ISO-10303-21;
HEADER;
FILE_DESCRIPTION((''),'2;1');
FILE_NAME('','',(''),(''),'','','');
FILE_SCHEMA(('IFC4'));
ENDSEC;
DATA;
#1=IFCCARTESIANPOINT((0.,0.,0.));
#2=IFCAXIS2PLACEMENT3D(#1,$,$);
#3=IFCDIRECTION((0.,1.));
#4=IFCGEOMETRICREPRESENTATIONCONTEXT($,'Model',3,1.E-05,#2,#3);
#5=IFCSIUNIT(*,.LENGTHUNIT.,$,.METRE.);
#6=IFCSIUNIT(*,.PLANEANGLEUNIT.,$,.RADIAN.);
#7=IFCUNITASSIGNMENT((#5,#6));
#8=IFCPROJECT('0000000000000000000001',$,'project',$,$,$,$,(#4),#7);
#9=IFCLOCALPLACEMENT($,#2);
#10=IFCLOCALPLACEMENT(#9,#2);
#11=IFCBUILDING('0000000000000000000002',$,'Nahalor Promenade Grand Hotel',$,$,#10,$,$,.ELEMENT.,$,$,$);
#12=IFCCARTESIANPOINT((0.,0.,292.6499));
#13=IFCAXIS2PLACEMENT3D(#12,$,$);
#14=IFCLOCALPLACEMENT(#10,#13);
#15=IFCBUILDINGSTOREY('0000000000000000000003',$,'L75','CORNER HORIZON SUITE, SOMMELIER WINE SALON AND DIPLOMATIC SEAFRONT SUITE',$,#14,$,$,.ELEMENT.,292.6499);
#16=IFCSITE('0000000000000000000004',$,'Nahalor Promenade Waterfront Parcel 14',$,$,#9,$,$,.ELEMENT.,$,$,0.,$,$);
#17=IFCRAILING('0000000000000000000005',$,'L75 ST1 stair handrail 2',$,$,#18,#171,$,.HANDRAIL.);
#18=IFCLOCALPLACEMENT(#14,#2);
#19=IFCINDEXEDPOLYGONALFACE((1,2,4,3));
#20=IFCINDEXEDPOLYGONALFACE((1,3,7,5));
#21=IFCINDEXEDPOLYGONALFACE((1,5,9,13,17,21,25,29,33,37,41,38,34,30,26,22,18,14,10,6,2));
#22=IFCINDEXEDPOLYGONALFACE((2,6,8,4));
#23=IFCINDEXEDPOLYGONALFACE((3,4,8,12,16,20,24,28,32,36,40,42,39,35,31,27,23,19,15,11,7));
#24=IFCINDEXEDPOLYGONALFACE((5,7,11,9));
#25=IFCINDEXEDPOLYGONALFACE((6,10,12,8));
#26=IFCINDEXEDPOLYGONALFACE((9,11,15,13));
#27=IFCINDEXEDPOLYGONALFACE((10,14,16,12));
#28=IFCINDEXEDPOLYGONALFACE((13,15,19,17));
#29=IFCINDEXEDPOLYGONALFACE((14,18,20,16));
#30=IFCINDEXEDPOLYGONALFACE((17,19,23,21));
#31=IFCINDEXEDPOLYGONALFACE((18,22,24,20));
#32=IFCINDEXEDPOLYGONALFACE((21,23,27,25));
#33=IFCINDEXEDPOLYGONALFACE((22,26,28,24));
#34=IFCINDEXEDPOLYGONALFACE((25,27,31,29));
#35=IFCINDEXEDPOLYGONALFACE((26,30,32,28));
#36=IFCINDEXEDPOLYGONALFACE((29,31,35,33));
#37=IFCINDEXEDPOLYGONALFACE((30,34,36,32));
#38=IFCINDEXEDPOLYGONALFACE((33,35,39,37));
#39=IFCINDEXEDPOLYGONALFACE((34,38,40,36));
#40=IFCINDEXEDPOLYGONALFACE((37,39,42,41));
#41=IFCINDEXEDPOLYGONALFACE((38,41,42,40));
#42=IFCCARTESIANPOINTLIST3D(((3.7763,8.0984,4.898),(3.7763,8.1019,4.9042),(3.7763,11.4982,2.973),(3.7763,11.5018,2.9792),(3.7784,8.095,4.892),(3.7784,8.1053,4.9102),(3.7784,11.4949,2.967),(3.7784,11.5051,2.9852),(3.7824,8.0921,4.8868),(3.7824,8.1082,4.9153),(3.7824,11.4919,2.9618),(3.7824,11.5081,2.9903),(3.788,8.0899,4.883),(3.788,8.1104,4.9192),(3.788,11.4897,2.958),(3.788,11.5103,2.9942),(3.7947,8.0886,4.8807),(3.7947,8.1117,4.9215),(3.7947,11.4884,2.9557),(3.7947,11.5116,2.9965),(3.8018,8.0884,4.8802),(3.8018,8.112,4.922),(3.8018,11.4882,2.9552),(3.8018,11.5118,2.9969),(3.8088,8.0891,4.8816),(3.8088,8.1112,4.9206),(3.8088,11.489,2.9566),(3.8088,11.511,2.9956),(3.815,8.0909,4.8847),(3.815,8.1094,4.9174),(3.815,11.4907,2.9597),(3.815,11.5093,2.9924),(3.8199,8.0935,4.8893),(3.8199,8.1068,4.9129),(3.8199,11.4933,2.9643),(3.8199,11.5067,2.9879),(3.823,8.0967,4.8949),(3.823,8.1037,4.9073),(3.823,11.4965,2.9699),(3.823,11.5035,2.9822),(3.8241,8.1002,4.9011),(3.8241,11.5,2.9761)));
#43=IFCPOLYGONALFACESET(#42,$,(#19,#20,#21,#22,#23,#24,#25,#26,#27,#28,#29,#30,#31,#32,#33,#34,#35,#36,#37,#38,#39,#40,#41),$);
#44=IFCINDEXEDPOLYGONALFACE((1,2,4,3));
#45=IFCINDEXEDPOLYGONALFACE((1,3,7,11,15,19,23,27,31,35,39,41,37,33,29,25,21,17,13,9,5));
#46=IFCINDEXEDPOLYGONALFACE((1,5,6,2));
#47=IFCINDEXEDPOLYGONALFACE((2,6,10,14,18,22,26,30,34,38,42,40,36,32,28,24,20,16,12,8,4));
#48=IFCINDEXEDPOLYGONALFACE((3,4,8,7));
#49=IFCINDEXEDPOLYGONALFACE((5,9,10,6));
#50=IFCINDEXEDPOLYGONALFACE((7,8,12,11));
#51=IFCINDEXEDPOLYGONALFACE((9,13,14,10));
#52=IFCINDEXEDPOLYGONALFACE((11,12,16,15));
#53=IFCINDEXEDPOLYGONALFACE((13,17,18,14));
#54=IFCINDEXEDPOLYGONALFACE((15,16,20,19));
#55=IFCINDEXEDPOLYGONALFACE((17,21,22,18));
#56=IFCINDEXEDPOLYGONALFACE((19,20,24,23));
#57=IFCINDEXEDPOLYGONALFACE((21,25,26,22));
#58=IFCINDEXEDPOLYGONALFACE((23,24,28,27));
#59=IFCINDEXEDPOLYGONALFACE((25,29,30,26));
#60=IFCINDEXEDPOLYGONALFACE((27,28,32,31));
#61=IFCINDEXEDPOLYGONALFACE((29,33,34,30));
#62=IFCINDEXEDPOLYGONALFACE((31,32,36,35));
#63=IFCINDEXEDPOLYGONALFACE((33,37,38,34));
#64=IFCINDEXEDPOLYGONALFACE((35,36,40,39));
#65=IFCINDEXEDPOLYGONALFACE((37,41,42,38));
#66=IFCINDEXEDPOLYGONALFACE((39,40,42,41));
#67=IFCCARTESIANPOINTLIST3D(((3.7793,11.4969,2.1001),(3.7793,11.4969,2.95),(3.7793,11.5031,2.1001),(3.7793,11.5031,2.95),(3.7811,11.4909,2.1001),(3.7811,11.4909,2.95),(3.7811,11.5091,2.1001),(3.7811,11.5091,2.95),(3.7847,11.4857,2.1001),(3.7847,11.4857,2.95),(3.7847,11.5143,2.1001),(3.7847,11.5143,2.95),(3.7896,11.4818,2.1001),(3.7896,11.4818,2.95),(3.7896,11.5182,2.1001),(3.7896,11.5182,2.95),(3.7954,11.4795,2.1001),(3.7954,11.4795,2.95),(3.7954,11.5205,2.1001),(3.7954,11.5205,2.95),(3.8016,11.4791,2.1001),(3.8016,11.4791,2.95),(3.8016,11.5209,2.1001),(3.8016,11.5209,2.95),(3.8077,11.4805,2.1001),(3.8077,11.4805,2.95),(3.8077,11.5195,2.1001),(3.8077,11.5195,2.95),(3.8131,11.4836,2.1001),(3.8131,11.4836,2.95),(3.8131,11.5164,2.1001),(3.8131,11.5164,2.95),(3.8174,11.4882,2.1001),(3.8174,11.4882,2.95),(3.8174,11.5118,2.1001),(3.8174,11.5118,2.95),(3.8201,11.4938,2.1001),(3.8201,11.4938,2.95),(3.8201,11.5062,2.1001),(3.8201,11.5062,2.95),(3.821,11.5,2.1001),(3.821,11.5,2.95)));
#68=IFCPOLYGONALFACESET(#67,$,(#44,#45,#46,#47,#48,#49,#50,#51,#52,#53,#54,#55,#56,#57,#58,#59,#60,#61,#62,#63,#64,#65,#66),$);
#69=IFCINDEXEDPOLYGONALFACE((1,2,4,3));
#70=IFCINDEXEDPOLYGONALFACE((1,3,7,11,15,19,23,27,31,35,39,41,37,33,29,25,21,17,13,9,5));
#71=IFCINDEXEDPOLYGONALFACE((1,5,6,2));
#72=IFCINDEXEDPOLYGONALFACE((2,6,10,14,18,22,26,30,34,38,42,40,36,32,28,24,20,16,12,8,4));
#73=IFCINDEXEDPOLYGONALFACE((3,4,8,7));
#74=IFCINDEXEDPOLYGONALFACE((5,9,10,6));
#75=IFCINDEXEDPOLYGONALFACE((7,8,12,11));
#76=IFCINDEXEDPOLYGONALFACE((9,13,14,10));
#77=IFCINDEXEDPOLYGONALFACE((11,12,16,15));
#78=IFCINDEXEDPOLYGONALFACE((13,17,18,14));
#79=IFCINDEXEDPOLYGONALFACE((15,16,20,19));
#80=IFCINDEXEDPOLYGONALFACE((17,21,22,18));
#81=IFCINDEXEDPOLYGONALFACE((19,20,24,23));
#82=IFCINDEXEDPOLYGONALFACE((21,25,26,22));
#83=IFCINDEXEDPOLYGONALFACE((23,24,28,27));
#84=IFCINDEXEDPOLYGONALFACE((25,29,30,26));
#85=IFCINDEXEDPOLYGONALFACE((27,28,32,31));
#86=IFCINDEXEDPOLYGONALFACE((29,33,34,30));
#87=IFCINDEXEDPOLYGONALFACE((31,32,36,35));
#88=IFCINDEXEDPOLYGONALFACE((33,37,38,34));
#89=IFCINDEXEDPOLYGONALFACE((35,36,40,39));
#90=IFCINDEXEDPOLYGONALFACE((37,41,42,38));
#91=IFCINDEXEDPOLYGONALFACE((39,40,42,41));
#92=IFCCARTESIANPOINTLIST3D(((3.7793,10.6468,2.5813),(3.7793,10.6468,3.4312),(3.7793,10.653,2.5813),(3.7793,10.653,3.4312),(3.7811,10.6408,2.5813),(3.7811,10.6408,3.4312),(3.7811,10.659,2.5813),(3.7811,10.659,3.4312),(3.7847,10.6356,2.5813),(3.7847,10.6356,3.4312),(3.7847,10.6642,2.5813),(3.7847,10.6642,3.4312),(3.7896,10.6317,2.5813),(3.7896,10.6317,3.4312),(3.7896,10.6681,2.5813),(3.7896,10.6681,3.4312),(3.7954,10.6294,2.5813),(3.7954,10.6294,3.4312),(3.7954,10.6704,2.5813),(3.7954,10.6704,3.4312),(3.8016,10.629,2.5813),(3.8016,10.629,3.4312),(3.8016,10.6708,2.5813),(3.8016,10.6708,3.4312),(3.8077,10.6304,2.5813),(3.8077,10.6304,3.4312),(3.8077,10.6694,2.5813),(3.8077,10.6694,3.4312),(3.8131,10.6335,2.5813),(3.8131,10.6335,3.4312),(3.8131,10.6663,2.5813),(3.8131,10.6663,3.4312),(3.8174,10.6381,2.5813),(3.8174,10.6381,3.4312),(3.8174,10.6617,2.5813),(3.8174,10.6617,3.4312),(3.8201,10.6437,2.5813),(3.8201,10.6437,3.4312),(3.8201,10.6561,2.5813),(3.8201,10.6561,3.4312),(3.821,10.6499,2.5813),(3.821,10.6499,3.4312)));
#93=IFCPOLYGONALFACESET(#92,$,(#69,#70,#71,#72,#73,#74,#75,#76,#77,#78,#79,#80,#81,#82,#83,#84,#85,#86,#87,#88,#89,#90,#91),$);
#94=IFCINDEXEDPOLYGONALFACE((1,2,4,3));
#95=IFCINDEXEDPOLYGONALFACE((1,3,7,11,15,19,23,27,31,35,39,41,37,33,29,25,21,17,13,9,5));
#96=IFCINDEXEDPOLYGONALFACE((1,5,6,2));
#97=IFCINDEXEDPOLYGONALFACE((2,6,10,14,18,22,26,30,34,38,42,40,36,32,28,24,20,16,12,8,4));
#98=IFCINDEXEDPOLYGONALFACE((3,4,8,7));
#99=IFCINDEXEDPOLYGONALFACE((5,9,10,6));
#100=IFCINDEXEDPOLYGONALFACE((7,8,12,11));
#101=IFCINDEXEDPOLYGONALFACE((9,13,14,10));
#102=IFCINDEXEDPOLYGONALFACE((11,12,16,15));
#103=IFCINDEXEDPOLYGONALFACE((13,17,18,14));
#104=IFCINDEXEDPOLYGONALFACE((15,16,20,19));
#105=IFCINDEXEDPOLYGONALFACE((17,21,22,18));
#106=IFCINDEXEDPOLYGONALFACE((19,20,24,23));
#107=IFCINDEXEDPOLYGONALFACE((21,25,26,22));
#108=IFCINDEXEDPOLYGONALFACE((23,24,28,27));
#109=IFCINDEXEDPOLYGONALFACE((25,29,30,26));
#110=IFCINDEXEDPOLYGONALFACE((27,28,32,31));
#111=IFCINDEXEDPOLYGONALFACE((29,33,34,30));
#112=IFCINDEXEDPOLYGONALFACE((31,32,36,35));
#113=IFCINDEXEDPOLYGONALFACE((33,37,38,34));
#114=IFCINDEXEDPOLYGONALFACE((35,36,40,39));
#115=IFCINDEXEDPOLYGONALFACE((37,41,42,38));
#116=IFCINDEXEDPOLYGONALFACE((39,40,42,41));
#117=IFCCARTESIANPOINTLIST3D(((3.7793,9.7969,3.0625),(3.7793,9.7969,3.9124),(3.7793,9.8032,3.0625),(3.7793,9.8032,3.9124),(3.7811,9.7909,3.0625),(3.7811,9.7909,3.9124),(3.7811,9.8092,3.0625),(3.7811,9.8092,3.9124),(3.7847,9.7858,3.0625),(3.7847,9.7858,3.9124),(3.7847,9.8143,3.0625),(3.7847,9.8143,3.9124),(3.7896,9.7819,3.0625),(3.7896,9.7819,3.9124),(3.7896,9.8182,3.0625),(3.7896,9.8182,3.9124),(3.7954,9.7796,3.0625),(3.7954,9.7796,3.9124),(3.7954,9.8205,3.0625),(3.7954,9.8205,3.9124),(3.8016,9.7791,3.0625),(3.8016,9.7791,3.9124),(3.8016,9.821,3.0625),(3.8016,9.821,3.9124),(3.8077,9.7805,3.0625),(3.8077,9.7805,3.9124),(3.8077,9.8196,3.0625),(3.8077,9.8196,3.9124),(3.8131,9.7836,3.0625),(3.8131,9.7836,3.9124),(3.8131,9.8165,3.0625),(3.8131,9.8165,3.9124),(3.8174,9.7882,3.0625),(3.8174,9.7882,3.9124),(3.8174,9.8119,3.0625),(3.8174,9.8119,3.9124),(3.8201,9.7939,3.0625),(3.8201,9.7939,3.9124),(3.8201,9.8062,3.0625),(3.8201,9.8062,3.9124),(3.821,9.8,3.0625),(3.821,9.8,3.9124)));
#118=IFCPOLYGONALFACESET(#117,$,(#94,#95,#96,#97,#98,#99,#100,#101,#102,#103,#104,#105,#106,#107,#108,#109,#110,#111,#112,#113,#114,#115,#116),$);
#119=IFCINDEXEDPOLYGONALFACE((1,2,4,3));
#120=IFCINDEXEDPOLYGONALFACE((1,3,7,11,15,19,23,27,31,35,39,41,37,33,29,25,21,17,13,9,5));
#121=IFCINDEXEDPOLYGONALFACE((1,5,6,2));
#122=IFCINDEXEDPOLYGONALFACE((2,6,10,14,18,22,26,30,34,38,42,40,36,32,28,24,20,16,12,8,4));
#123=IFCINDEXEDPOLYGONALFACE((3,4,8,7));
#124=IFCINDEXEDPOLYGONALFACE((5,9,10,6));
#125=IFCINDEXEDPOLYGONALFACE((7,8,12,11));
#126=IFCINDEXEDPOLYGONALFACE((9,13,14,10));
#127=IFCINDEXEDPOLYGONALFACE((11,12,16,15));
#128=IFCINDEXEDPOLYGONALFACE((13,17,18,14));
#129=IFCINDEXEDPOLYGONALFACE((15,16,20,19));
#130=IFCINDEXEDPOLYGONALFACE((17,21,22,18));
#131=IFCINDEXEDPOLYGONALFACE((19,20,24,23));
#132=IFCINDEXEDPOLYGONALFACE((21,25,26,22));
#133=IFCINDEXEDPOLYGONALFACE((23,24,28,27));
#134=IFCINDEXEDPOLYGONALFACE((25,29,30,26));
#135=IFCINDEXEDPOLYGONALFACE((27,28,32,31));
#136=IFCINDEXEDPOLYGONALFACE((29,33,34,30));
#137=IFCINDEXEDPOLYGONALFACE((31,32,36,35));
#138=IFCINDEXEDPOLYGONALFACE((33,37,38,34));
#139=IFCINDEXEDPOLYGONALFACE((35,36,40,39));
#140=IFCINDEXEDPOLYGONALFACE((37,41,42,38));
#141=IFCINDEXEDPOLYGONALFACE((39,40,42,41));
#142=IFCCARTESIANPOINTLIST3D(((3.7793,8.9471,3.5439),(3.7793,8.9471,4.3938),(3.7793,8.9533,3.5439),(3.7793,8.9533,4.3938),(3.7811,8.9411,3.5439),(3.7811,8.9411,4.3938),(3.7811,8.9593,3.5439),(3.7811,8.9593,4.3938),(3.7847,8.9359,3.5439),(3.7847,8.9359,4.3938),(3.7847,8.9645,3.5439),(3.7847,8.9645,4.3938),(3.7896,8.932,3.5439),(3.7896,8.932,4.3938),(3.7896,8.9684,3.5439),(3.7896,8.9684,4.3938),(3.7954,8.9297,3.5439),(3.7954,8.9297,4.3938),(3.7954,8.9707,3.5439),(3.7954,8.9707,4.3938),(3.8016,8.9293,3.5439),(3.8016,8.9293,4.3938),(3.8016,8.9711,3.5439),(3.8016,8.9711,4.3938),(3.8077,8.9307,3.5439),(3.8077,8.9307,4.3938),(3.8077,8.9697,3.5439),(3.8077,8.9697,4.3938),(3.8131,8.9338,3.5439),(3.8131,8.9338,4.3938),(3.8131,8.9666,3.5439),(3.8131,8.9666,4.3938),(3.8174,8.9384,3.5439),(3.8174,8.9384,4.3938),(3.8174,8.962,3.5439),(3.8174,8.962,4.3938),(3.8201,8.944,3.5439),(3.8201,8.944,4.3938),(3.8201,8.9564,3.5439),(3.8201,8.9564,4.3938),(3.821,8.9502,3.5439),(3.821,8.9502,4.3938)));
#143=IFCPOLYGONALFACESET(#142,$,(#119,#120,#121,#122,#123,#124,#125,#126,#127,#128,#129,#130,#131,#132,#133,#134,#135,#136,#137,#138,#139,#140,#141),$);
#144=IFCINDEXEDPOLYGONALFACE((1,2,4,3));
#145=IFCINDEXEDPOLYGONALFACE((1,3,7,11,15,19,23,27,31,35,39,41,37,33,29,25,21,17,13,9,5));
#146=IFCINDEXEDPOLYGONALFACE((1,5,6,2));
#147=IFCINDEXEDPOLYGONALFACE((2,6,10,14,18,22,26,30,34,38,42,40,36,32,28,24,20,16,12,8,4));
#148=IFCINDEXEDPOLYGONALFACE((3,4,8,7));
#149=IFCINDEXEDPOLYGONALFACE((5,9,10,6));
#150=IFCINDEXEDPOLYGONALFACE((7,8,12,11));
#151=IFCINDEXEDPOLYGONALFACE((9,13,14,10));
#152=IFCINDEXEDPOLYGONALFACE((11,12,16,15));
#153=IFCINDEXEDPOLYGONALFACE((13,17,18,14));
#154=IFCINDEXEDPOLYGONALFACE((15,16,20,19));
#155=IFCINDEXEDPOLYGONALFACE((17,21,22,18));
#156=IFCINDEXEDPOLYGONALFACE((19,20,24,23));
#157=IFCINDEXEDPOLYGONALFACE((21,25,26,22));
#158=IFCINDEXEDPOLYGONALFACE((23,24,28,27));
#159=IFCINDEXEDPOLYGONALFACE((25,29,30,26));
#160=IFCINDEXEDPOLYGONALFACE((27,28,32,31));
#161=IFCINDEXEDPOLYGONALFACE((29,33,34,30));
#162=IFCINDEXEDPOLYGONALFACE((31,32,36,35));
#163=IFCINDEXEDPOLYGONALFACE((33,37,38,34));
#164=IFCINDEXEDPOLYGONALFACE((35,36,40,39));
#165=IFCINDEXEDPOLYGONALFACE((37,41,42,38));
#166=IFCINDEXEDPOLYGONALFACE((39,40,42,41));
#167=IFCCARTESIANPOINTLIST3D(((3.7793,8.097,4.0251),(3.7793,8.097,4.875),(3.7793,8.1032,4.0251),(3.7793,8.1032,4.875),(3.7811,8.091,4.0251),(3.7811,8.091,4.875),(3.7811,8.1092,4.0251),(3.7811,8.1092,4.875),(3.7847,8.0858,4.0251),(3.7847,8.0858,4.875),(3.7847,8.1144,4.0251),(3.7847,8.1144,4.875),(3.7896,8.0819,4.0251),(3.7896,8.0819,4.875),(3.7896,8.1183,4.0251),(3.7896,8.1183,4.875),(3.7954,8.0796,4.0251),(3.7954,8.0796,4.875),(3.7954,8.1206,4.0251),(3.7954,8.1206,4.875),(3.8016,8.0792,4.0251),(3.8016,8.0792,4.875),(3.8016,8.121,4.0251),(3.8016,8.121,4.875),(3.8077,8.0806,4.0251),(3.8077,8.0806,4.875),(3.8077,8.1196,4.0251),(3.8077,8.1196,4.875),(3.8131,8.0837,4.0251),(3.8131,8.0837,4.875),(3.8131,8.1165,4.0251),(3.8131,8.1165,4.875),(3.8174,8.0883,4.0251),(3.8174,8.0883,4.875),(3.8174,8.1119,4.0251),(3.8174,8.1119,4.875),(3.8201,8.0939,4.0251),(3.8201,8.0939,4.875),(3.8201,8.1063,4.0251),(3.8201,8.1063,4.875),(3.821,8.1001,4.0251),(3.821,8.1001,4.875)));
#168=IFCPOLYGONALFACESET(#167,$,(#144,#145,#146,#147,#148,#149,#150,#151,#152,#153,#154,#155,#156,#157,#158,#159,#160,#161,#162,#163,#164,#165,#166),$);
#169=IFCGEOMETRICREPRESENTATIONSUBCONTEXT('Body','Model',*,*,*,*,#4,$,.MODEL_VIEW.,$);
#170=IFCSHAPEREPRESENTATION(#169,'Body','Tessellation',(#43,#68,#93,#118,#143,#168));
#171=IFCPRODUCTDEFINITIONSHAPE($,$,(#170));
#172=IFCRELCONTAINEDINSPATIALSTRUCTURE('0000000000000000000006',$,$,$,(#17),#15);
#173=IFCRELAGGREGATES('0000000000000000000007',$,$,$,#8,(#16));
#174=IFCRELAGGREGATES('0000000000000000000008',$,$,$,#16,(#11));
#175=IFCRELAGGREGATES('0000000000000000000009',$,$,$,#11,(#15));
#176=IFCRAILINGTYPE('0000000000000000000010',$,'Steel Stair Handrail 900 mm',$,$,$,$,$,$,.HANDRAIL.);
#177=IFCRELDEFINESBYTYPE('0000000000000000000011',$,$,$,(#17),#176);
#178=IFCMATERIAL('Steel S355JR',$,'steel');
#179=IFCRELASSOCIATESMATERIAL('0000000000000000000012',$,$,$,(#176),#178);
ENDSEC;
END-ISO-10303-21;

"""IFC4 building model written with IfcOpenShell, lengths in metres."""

from ifc_helpers import new_model, si_unit, direction, frame, origin, origin_2d, place, context, subcontext, project, spatial, circle, extrude, material, type_object, element, save


model = new_model("IFC4")

# Units and contexts
model_context = context("Model", 3, precision=1e-05, world=origin(), true_north=direction((0.0, 1.0)))
body_context = subcontext(model_context, "Body", "Model", "MODEL_VIEW")
ifc_project = project(units=[si_unit("LENGTHUNIT", "METRE"), si_unit("PLANEANGLEUNIT", "RADIAN")], contexts=[model_context])

# Site, building, storey
site_placement = place(None, origin())
site = spatial("IfcSite", under=ifc_project, at=site_placement, Name="Nahalor Promenade Waterfront Parcel 14", CompositionType="ELEMENT", RefElevation=0.0)
building_placement = place(site_placement, origin())
building = spatial("IfcBuilding", under=site, at=building_placement, Name="Nahalor Promenade Grand Hotel", CompositionType="ELEMENT")
storey_placement = place(building_placement, frame((0.0, 0.0, 292.6499)))
storey = spatial("IfcBuildingStorey", under=building, at=storey_placement, Name="L75", Description="CORNER HORIZON SUITE, SOMMELIER WINE SALON AND DIPLOMATIC SEAFRONT SUITE", CompositionType="ELEMENT", Elevation=292.6499)

# Shared definitions
ifc_material_1 = material(Name="Steel S355JR", Category="steel")

# Railing
railing_type = type_object("IfcRailingType", Name="Steel Stair Handrail 900 mm", PredefinedType="HANDRAIL", material=ifc_material_1)
railing_placement = place(storey_placement, frame((3.8, 11.5, 2.1001)))
element("IfcRailing", 1, at=railing_placement, inside=storey, type_object=railing_type, Name="L75 ST1 stair handrail 2", PredefinedType="HANDRAIL", context=body_context, shape_type="SweptSolid", body=[
    extrude(circle(Radius=0.024, at=origin_2d()), frame((0.0, 0.0, 0.876), z_axis=(0.0, -0.870194, 0.49271), x_axis=(1.0, 0.0, 0.0)), (0.0, 0.0, 1.0), 3.907),
    extrude(circle(Radius=0.021, at=origin_2d()), origin(), (0.0, 0.0, 1.0), 0.8499),
    extrude(circle(Radius=0.021, at=origin_2d()), frame((0.0, -0.8501, 0.4812)), (0.0, 0.0, 1.0), 0.8499),
    extrude(circle(Radius=0.021, at=origin_2d()), frame((0.0, -1.7, 0.9624)), (0.0, 0.0, 1.0), 0.8499),
    extrude(circle(Radius=0.021, at=origin_2d()), frame((0.0, -2.5498, 1.4438)), (0.0, 0.0, 1.0), 0.8499),
    extrude(circle(Radius=0.021, at=origin_2d()), frame((0.0, -3.3999, 1.925)), (0.0, 0.0, 1.0), 0.8499),
])

save(model, "model.ifc")
